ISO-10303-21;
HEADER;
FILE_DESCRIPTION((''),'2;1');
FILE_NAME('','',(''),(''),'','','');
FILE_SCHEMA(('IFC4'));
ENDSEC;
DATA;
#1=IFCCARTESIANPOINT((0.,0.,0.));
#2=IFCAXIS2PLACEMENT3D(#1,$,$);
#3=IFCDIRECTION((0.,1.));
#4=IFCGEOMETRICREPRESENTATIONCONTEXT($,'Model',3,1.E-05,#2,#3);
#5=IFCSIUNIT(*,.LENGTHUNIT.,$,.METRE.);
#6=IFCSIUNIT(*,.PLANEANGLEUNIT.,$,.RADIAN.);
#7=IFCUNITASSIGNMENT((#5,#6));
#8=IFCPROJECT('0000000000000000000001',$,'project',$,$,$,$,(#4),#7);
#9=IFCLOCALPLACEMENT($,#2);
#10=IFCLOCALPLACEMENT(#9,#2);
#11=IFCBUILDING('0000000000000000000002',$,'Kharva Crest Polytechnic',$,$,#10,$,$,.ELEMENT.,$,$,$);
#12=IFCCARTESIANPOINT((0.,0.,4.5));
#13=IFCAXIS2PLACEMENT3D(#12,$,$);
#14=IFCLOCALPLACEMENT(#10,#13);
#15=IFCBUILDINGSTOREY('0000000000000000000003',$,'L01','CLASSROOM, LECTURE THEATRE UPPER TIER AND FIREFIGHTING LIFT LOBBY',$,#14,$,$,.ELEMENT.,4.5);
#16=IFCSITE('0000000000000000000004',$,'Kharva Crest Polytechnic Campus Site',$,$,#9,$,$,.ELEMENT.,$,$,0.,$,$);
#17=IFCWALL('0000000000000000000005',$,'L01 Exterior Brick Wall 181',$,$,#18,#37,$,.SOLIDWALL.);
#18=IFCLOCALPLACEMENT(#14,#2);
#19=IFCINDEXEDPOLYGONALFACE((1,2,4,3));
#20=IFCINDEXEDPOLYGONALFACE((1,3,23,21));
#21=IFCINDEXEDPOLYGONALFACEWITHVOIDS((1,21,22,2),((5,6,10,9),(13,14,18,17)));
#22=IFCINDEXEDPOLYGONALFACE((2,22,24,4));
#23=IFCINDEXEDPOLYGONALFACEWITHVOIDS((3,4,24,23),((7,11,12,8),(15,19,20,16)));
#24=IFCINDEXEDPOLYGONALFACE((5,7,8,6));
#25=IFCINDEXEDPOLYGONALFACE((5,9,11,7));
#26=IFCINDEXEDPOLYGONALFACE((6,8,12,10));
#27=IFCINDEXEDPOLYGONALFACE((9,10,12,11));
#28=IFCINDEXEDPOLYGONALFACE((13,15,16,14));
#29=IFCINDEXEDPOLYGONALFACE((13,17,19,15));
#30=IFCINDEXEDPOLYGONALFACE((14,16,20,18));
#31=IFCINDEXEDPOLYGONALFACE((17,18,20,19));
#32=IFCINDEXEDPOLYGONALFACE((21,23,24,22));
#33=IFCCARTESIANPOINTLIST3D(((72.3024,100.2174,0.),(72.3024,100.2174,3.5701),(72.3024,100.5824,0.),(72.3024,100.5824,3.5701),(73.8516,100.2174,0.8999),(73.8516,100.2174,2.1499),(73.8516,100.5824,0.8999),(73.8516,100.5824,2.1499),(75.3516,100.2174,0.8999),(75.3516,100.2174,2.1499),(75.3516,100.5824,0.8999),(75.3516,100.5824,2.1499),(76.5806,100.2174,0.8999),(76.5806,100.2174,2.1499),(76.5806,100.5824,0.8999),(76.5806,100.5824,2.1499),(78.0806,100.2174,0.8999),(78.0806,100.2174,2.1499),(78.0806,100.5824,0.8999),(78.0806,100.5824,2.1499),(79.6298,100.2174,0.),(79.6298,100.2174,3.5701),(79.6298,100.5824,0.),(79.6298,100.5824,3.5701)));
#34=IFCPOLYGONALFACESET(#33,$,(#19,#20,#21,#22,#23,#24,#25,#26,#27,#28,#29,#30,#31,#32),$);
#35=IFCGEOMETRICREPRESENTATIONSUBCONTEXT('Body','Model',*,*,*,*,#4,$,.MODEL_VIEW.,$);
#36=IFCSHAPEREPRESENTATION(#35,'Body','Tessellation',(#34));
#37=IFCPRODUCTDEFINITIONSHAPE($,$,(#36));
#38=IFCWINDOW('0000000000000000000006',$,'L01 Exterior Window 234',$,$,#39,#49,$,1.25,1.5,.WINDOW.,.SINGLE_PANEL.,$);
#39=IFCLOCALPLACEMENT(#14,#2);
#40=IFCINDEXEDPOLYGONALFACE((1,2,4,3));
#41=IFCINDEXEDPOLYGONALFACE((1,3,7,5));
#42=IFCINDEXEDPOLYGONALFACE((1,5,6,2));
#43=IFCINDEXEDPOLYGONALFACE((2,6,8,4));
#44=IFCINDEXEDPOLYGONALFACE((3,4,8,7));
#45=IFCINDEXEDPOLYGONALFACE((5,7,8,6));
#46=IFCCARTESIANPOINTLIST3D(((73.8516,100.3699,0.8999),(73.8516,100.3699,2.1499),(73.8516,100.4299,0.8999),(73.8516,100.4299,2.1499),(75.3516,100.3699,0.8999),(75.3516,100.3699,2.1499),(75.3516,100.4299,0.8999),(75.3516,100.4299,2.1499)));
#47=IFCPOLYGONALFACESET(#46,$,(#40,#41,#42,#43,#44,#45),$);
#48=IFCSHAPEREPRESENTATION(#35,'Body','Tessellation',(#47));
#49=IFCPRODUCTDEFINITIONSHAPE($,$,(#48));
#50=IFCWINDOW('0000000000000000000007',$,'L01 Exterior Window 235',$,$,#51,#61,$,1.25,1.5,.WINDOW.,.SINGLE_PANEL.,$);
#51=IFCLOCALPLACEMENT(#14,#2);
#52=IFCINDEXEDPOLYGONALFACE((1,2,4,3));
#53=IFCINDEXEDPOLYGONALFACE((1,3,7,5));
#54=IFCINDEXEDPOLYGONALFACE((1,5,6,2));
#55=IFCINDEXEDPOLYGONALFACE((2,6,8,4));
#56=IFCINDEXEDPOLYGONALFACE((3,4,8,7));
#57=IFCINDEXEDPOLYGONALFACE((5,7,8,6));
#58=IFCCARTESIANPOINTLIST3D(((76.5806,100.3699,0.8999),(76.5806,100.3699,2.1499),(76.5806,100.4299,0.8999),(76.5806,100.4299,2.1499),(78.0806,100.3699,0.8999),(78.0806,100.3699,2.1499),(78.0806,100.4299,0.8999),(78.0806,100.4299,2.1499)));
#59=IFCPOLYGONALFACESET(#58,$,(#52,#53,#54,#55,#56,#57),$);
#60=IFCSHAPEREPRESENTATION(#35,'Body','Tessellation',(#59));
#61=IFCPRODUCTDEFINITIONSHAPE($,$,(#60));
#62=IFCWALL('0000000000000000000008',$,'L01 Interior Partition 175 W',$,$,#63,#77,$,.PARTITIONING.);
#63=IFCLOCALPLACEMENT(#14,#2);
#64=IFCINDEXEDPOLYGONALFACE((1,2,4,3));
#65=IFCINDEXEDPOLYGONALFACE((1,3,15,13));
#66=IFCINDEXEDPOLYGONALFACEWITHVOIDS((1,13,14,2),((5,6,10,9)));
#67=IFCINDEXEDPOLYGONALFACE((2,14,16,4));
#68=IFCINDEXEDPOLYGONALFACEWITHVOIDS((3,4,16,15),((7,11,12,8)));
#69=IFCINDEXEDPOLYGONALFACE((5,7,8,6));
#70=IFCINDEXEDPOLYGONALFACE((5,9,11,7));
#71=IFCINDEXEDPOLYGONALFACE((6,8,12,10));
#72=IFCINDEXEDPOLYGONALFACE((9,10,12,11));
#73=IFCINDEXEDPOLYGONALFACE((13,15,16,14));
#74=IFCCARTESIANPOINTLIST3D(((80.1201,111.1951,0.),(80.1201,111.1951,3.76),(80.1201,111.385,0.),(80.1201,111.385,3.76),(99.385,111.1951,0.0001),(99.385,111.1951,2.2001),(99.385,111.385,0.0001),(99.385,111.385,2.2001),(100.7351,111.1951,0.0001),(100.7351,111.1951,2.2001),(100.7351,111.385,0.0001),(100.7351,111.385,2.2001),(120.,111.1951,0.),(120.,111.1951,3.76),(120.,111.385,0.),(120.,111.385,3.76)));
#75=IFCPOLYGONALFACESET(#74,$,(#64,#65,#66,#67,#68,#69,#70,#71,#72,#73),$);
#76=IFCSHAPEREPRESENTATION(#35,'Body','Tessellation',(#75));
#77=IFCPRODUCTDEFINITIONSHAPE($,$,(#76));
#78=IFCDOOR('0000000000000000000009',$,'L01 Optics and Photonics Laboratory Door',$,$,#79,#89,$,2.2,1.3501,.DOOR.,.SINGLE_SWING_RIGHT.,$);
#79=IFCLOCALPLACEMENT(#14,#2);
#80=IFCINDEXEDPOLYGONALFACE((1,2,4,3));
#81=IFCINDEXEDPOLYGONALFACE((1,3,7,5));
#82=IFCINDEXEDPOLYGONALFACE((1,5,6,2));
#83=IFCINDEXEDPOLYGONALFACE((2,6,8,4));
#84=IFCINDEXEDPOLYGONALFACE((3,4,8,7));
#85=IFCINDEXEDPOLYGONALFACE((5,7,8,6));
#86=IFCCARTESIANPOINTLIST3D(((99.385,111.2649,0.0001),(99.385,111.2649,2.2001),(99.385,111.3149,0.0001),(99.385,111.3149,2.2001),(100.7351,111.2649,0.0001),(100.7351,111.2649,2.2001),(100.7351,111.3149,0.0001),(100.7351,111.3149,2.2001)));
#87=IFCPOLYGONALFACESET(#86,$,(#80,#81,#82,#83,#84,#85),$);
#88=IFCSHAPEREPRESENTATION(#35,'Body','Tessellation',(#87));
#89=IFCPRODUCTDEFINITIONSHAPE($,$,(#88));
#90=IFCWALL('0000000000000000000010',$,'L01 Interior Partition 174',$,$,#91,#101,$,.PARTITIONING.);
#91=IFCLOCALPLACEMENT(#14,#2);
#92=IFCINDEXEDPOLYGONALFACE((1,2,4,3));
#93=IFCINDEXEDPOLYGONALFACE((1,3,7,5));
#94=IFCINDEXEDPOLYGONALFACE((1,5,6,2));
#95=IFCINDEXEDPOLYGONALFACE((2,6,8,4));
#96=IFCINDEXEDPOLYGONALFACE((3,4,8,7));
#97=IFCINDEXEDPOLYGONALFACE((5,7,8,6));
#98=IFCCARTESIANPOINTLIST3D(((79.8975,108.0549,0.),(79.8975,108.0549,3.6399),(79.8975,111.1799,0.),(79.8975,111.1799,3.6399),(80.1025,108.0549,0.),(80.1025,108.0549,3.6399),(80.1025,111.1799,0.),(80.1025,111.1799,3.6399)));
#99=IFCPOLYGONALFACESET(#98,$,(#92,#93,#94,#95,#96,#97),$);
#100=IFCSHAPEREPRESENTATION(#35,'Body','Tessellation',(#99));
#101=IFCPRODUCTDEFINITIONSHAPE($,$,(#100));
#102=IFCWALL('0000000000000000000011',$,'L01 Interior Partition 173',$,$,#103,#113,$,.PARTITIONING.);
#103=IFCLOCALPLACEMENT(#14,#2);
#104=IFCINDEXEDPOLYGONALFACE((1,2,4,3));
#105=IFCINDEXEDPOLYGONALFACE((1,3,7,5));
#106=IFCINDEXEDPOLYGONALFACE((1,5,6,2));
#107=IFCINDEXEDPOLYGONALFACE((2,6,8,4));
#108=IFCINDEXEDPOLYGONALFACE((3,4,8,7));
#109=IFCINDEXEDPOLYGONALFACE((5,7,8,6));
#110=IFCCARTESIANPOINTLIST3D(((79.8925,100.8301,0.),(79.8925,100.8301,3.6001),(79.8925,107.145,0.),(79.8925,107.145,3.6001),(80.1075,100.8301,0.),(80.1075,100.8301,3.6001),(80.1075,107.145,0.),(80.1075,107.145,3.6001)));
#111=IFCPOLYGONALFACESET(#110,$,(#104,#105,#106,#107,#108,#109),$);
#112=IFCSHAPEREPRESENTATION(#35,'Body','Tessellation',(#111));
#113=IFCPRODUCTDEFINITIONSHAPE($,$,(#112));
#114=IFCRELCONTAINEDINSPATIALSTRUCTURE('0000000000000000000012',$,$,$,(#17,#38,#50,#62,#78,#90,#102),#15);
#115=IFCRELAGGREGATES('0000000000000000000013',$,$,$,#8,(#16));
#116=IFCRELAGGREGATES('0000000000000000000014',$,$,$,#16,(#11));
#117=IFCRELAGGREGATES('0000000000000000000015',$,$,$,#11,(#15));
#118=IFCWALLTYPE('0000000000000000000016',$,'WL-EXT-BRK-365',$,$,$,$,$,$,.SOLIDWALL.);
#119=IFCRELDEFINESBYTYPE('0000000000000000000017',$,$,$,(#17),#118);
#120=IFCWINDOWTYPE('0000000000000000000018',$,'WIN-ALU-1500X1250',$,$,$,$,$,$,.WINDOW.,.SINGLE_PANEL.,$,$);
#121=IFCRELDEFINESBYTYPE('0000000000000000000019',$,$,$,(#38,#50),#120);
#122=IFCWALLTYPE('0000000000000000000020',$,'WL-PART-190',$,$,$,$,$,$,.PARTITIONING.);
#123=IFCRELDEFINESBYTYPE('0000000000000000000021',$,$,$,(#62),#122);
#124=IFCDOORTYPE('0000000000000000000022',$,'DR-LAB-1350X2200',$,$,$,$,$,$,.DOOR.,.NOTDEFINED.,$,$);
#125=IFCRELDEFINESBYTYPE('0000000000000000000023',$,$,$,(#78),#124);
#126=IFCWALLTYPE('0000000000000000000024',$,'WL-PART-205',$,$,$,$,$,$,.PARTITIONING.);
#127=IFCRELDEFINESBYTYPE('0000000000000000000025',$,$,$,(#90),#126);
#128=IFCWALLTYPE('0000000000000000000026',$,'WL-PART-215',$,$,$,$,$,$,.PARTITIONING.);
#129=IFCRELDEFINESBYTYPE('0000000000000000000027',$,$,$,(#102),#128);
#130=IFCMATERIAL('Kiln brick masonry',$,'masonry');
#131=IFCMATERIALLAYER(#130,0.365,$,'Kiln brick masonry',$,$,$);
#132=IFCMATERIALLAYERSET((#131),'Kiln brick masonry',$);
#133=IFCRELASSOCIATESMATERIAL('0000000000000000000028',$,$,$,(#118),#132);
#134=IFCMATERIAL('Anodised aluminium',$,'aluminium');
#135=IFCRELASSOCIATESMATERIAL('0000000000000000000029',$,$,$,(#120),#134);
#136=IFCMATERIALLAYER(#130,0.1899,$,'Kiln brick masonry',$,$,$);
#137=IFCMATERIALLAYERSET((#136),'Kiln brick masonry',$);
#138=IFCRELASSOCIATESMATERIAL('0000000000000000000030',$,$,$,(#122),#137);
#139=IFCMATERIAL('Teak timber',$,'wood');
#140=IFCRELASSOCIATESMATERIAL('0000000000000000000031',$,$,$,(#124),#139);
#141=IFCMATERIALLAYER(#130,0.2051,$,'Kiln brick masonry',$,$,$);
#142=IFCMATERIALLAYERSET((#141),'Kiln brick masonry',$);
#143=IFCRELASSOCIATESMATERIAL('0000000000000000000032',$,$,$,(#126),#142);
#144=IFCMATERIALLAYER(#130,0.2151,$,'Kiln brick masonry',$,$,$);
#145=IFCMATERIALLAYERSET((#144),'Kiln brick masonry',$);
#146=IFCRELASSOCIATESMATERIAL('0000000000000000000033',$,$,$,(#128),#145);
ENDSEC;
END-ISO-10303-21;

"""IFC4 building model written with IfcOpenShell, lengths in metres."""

from ifc_helpers import new_model, si_unit, direction, frame, frame_2d, origin, place, context, subcontext, project, spatial, rectangle, extrude, material, layer, layer_set, type_object, element, fill, save


model = new_model("IFC4")

# Units and contexts
model_context = context("Model", 3, precision=1e-05, world=origin(), true_north=direction((0.0, 1.0)))
body_context = subcontext(model_context, "Body", "Model", "MODEL_VIEW")
ifc_project = project(units=[si_unit("LENGTHUNIT", "METRE"), si_unit("PLANEANGLEUNIT", "RADIAN")], contexts=[model_context])

# Site, building, storey
site_placement = place(None, origin())
site = spatial("IfcSite", under=ifc_project, at=site_placement, Name="Kharva Crest Polytechnic Campus Site", CompositionType="ELEMENT", RefElevation=0.0)
building_placement = place(site_placement, origin())
building = spatial("IfcBuilding", under=site, at=building_placement, Name="Kharva Crest Polytechnic", CompositionType="ELEMENT")
storey_placement = place(building_placement, frame((0.0, 0.0, 4.5)))
storey = spatial("IfcBuildingStorey", under=building, at=storey_placement, Name="L01", Description="CLASSROOM, LECTURE THEATRE UPPER TIER AND FIREFIGHTING LIFT LOBBY", CompositionType="ELEMENT", Elevation=4.5)

# Wall, openings, windows
ifc_material_1 = material(Name="Kiln brick masonry", Category="masonry")
ifc_material_2 = material(Name="Anodised aluminium", Category="aluminium")
ifc_layer_1 = layer(ifc_material_1, 0.365, Name="Kiln brick masonry")
ifc_layer_set_1 = layer_set([ifc_layer_1], Name="Kiln brick masonry")
wall_type_1 = type_object("IfcWallType", Name="WL-EXT-BRK-365", PredefinedType="SOLIDWALL", material=ifc_layer_set_1)
wall_1_placement = place(storey_placement, frame((72.3025, 100.3999, 0.0), z_axis=(0.0, 0.0, 1.0), x_axis=(1.0, 0.0, 0.0)))
wall_1 = element("IfcWall", 1, at=wall_1_placement, inside=storey, type_object=wall_type_1, Name="L01 Exterior Brick Wall 181", PredefinedType="SOLIDWALL", context=body_context, shape_type="SweptSolid", body=[
    extrude(rectangle(XDim=7.3274, YDim=0.365, at=frame_2d((3.6636, 0.0))), origin(), (0.0, 0.0, 1.0), 3.5701),
])
opening_1_placement = place(wall_1_placement, frame((1.5491, 0.0, 0.8999)))
opening_1 = element("IfcOpeningElement", 2, at=opening_1_placement, cuts=wall_1, PredefinedType="OPENING", context=body_context, shape_type="SweptSolid", body=[
    extrude(rectangle(XDim=1.5, YDim=1.25, at=frame_2d((0.75, 0.625))), frame((0.0, 0.1924, 0.0), z_axis=(0.0, -1.0, 0.0), x_axis=(1.0, 0.0, 0.0)), (0.0, 0.0, 1.0), 0.385),
])
opening_2_placement = place(wall_1_placement, frame((4.2781, 0.0, 0.8999)))
opening_2 = element("IfcOpeningElement", 3, at=opening_2_placement, cuts=wall_1, PredefinedType="OPENING", context=body_context, shape_type="SweptSolid", body=[
    extrude(rectangle(XDim=1.5, YDim=1.25, at=frame_2d((0.75, 0.625))), frame((0.0, 0.1924, 0.0), z_axis=(0.0, -1.0, 0.0), x_axis=(1.0, 0.0, 0.0)), (0.0, 0.0, 1.0), 0.385),
])
window_type_1 = type_object("IfcWindowType", Name="WIN-ALU-1500X1250", PartitioningType="SINGLE_PANEL", PredefinedType="WINDOW", material=ifc_material_2)
window_1_placement = place(opening_1_placement, origin())
window_1 = element("IfcWindow", 4, at=window_1_placement, inside=storey, type_object=window_type_1, Name="L01 Exterior Window 234", OverallHeight=1.25, OverallWidth=1.5, PartitioningType="SINGLE_PANEL", PredefinedType="WINDOW", context=body_context, shape_type="SweptSolid", body=[
    extrude(rectangle(XDim=1.5, YDim=1.25, at=frame_2d((0.75, 0.625))), frame((0.0, 0.03, 0.0), z_axis=(0.0, -1.0, 0.0), x_axis=(1.0, 0.0, 0.0)), (0.0, 0.0, 1.0), 0.0601),
])
fill(opening_1, window_1)
window_2_placement = place(opening_2_placement, origin())
window_2 = element("IfcWindow", 5, at=window_2_placement, inside=storey, type_object=window_type_1, Name="L01 Exterior Window 235", OverallHeight=1.25, OverallWidth=1.5, PartitioningType="SINGLE_PANEL", PredefinedType="WINDOW", context=body_context, shape_type="SweptSolid", body=[
    extrude(rectangle(XDim=1.5, YDim=1.25, at=frame_2d((0.75, 0.625))), frame((0.0, 0.03, 0.0), z_axis=(0.0, -1.0, 0.0), x_axis=(1.0, 0.0, 0.0)), (0.0, 0.0, 1.0), 0.0601),
])
fill(opening_2, window_2)

# Wall, opening, door
ifc_layer_2 = layer(ifc_material_1, 0.1899, Name="Kiln brick masonry")
ifc_layer_set_2 = layer_set([ifc_layer_2], Name="Kiln brick masonry")
wall_type_2 = type_object("IfcWallType", Name="WL-PART-190", PredefinedType="PARTITIONING", material=ifc_layer_set_2)
wall_2_placement = place(storey_placement, frame((80.1201, 111.29, 0.0), z_axis=(0.0, 0.0, 1.0), x_axis=(1.0, 0.0, 0.0)))
wall_2 = element("IfcWall", 6, at=wall_2_placement, inside=storey, type_object=wall_type_2, Name="L01 Interior Partition 175 W", PredefinedType="PARTITIONING", context=body_context, shape_type="SweptSolid", body=[
    extrude(rectangle(XDim=39.8799, YDim=0.1899, at=frame_2d((19.9399, 0.0))), origin(), (0.0, 0.0, 1.0), 3.76),
])
opening_3_placement = place(wall_2_placement, frame((19.2649, 0.0, 0.0)))
opening_3 = element("IfcOpeningElement", 7, at=opening_3_placement, cuts=wall_2, PredefinedType="OPENING", context=body_context, shape_type="SweptSolid", body=[
    extrude(rectangle(XDim=1.3501, YDim=2.2, at=frame_2d((0.675, 1.1001))), frame((0.0, 0.105, 0.0), z_axis=(0.0, -1.0, 0.0), x_axis=(1.0, 0.0, 0.0)), (0.0, 0.0, 1.0), 0.21),
])
ifc_material_3 = material(Name="Teak timber", Category="wood")
door_type = type_object("IfcDoorType", Name="DR-LAB-1350X2200", OperationType="NOTDEFINED", PredefinedType="DOOR", material=ifc_material_3)
door_placement = place(opening_3_placement, origin())
door = element("IfcDoor", 8, at=door_placement, inside=storey, type_object=door_type, Name="L01 Optics and Photonics Laboratory Door", OperationType="SINGLE_SWING_RIGHT", OverallHeight=2.2, OverallWidth=1.3501, PredefinedType="DOOR", context=body_context, shape_type="SweptSolid", body=[
    extrude(rectangle(XDim=1.3501, YDim=2.2, at=frame_2d((0.675, 1.1001))), frame((0.0, 0.0249, 0.0), z_axis=(0.0, -1.0, 0.0), x_axis=(1.0, 0.0, 0.0)), (0.0, 0.0, 1.0), 0.05),
])
fill(opening_3, door)

# Walls
ifc_layer_3 = layer(ifc_material_1, 0.2051, Name="Kiln brick masonry")
ifc_layer_set_3 = layer_set([ifc_layer_3], Name="Kiln brick masonry")
wall_type_3 = type_object("IfcWallType", Name="WL-PART-205", PredefinedType="PARTITIONING", material=ifc_layer_set_3)
wall_3_placement = place(storey_placement, frame((80.0, 108.0549, 0.0), z_axis=(0.0, 0.0, 1.0), x_axis=(0.0, 1.0, 0.0)))
element("IfcWall", 9, at=wall_3_placement, inside=storey, type_object=wall_type_3, Name="L01 Interior Partition 174", PredefinedType="PARTITIONING", context=body_context, shape_type="SweptSolid", body=[
    extrude(rectangle(XDim=3.125, YDim=0.2051, at=frame_2d((1.5625, 0.0))), origin(), (0.0, 0.0, 1.0), 3.6399),
])
ifc_layer_4 = layer(ifc_material_1, 0.2151, Name="Kiln brick masonry")
ifc_layer_set_4 = layer_set([ifc_layer_4], Name="Kiln brick masonry")
wall_type_4 = type_object("IfcWallType", Name="WL-PART-215", PredefinedType="PARTITIONING", material=ifc_layer_set_4)
wall_4_placement = place(storey_placement, frame((80.0, 100.8301, 0.0), z_axis=(0.0, 0.0, 1.0), x_axis=(0.0, 1.0, 0.0)))
element("IfcWall", 10, at=wall_4_placement, inside=storey, type_object=wall_type_4, Name="L01 Interior Partition 173", PredefinedType="PARTITIONING", context=body_context, shape_type="SweptSolid", body=[
    extrude(rectangle(XDim=6.3149, YDim=0.2151, at=frame_2d((3.1575, 0.0))), origin(), (0.0, 0.0, 1.0), 3.6001),
])

save(model, "model.ifc")
